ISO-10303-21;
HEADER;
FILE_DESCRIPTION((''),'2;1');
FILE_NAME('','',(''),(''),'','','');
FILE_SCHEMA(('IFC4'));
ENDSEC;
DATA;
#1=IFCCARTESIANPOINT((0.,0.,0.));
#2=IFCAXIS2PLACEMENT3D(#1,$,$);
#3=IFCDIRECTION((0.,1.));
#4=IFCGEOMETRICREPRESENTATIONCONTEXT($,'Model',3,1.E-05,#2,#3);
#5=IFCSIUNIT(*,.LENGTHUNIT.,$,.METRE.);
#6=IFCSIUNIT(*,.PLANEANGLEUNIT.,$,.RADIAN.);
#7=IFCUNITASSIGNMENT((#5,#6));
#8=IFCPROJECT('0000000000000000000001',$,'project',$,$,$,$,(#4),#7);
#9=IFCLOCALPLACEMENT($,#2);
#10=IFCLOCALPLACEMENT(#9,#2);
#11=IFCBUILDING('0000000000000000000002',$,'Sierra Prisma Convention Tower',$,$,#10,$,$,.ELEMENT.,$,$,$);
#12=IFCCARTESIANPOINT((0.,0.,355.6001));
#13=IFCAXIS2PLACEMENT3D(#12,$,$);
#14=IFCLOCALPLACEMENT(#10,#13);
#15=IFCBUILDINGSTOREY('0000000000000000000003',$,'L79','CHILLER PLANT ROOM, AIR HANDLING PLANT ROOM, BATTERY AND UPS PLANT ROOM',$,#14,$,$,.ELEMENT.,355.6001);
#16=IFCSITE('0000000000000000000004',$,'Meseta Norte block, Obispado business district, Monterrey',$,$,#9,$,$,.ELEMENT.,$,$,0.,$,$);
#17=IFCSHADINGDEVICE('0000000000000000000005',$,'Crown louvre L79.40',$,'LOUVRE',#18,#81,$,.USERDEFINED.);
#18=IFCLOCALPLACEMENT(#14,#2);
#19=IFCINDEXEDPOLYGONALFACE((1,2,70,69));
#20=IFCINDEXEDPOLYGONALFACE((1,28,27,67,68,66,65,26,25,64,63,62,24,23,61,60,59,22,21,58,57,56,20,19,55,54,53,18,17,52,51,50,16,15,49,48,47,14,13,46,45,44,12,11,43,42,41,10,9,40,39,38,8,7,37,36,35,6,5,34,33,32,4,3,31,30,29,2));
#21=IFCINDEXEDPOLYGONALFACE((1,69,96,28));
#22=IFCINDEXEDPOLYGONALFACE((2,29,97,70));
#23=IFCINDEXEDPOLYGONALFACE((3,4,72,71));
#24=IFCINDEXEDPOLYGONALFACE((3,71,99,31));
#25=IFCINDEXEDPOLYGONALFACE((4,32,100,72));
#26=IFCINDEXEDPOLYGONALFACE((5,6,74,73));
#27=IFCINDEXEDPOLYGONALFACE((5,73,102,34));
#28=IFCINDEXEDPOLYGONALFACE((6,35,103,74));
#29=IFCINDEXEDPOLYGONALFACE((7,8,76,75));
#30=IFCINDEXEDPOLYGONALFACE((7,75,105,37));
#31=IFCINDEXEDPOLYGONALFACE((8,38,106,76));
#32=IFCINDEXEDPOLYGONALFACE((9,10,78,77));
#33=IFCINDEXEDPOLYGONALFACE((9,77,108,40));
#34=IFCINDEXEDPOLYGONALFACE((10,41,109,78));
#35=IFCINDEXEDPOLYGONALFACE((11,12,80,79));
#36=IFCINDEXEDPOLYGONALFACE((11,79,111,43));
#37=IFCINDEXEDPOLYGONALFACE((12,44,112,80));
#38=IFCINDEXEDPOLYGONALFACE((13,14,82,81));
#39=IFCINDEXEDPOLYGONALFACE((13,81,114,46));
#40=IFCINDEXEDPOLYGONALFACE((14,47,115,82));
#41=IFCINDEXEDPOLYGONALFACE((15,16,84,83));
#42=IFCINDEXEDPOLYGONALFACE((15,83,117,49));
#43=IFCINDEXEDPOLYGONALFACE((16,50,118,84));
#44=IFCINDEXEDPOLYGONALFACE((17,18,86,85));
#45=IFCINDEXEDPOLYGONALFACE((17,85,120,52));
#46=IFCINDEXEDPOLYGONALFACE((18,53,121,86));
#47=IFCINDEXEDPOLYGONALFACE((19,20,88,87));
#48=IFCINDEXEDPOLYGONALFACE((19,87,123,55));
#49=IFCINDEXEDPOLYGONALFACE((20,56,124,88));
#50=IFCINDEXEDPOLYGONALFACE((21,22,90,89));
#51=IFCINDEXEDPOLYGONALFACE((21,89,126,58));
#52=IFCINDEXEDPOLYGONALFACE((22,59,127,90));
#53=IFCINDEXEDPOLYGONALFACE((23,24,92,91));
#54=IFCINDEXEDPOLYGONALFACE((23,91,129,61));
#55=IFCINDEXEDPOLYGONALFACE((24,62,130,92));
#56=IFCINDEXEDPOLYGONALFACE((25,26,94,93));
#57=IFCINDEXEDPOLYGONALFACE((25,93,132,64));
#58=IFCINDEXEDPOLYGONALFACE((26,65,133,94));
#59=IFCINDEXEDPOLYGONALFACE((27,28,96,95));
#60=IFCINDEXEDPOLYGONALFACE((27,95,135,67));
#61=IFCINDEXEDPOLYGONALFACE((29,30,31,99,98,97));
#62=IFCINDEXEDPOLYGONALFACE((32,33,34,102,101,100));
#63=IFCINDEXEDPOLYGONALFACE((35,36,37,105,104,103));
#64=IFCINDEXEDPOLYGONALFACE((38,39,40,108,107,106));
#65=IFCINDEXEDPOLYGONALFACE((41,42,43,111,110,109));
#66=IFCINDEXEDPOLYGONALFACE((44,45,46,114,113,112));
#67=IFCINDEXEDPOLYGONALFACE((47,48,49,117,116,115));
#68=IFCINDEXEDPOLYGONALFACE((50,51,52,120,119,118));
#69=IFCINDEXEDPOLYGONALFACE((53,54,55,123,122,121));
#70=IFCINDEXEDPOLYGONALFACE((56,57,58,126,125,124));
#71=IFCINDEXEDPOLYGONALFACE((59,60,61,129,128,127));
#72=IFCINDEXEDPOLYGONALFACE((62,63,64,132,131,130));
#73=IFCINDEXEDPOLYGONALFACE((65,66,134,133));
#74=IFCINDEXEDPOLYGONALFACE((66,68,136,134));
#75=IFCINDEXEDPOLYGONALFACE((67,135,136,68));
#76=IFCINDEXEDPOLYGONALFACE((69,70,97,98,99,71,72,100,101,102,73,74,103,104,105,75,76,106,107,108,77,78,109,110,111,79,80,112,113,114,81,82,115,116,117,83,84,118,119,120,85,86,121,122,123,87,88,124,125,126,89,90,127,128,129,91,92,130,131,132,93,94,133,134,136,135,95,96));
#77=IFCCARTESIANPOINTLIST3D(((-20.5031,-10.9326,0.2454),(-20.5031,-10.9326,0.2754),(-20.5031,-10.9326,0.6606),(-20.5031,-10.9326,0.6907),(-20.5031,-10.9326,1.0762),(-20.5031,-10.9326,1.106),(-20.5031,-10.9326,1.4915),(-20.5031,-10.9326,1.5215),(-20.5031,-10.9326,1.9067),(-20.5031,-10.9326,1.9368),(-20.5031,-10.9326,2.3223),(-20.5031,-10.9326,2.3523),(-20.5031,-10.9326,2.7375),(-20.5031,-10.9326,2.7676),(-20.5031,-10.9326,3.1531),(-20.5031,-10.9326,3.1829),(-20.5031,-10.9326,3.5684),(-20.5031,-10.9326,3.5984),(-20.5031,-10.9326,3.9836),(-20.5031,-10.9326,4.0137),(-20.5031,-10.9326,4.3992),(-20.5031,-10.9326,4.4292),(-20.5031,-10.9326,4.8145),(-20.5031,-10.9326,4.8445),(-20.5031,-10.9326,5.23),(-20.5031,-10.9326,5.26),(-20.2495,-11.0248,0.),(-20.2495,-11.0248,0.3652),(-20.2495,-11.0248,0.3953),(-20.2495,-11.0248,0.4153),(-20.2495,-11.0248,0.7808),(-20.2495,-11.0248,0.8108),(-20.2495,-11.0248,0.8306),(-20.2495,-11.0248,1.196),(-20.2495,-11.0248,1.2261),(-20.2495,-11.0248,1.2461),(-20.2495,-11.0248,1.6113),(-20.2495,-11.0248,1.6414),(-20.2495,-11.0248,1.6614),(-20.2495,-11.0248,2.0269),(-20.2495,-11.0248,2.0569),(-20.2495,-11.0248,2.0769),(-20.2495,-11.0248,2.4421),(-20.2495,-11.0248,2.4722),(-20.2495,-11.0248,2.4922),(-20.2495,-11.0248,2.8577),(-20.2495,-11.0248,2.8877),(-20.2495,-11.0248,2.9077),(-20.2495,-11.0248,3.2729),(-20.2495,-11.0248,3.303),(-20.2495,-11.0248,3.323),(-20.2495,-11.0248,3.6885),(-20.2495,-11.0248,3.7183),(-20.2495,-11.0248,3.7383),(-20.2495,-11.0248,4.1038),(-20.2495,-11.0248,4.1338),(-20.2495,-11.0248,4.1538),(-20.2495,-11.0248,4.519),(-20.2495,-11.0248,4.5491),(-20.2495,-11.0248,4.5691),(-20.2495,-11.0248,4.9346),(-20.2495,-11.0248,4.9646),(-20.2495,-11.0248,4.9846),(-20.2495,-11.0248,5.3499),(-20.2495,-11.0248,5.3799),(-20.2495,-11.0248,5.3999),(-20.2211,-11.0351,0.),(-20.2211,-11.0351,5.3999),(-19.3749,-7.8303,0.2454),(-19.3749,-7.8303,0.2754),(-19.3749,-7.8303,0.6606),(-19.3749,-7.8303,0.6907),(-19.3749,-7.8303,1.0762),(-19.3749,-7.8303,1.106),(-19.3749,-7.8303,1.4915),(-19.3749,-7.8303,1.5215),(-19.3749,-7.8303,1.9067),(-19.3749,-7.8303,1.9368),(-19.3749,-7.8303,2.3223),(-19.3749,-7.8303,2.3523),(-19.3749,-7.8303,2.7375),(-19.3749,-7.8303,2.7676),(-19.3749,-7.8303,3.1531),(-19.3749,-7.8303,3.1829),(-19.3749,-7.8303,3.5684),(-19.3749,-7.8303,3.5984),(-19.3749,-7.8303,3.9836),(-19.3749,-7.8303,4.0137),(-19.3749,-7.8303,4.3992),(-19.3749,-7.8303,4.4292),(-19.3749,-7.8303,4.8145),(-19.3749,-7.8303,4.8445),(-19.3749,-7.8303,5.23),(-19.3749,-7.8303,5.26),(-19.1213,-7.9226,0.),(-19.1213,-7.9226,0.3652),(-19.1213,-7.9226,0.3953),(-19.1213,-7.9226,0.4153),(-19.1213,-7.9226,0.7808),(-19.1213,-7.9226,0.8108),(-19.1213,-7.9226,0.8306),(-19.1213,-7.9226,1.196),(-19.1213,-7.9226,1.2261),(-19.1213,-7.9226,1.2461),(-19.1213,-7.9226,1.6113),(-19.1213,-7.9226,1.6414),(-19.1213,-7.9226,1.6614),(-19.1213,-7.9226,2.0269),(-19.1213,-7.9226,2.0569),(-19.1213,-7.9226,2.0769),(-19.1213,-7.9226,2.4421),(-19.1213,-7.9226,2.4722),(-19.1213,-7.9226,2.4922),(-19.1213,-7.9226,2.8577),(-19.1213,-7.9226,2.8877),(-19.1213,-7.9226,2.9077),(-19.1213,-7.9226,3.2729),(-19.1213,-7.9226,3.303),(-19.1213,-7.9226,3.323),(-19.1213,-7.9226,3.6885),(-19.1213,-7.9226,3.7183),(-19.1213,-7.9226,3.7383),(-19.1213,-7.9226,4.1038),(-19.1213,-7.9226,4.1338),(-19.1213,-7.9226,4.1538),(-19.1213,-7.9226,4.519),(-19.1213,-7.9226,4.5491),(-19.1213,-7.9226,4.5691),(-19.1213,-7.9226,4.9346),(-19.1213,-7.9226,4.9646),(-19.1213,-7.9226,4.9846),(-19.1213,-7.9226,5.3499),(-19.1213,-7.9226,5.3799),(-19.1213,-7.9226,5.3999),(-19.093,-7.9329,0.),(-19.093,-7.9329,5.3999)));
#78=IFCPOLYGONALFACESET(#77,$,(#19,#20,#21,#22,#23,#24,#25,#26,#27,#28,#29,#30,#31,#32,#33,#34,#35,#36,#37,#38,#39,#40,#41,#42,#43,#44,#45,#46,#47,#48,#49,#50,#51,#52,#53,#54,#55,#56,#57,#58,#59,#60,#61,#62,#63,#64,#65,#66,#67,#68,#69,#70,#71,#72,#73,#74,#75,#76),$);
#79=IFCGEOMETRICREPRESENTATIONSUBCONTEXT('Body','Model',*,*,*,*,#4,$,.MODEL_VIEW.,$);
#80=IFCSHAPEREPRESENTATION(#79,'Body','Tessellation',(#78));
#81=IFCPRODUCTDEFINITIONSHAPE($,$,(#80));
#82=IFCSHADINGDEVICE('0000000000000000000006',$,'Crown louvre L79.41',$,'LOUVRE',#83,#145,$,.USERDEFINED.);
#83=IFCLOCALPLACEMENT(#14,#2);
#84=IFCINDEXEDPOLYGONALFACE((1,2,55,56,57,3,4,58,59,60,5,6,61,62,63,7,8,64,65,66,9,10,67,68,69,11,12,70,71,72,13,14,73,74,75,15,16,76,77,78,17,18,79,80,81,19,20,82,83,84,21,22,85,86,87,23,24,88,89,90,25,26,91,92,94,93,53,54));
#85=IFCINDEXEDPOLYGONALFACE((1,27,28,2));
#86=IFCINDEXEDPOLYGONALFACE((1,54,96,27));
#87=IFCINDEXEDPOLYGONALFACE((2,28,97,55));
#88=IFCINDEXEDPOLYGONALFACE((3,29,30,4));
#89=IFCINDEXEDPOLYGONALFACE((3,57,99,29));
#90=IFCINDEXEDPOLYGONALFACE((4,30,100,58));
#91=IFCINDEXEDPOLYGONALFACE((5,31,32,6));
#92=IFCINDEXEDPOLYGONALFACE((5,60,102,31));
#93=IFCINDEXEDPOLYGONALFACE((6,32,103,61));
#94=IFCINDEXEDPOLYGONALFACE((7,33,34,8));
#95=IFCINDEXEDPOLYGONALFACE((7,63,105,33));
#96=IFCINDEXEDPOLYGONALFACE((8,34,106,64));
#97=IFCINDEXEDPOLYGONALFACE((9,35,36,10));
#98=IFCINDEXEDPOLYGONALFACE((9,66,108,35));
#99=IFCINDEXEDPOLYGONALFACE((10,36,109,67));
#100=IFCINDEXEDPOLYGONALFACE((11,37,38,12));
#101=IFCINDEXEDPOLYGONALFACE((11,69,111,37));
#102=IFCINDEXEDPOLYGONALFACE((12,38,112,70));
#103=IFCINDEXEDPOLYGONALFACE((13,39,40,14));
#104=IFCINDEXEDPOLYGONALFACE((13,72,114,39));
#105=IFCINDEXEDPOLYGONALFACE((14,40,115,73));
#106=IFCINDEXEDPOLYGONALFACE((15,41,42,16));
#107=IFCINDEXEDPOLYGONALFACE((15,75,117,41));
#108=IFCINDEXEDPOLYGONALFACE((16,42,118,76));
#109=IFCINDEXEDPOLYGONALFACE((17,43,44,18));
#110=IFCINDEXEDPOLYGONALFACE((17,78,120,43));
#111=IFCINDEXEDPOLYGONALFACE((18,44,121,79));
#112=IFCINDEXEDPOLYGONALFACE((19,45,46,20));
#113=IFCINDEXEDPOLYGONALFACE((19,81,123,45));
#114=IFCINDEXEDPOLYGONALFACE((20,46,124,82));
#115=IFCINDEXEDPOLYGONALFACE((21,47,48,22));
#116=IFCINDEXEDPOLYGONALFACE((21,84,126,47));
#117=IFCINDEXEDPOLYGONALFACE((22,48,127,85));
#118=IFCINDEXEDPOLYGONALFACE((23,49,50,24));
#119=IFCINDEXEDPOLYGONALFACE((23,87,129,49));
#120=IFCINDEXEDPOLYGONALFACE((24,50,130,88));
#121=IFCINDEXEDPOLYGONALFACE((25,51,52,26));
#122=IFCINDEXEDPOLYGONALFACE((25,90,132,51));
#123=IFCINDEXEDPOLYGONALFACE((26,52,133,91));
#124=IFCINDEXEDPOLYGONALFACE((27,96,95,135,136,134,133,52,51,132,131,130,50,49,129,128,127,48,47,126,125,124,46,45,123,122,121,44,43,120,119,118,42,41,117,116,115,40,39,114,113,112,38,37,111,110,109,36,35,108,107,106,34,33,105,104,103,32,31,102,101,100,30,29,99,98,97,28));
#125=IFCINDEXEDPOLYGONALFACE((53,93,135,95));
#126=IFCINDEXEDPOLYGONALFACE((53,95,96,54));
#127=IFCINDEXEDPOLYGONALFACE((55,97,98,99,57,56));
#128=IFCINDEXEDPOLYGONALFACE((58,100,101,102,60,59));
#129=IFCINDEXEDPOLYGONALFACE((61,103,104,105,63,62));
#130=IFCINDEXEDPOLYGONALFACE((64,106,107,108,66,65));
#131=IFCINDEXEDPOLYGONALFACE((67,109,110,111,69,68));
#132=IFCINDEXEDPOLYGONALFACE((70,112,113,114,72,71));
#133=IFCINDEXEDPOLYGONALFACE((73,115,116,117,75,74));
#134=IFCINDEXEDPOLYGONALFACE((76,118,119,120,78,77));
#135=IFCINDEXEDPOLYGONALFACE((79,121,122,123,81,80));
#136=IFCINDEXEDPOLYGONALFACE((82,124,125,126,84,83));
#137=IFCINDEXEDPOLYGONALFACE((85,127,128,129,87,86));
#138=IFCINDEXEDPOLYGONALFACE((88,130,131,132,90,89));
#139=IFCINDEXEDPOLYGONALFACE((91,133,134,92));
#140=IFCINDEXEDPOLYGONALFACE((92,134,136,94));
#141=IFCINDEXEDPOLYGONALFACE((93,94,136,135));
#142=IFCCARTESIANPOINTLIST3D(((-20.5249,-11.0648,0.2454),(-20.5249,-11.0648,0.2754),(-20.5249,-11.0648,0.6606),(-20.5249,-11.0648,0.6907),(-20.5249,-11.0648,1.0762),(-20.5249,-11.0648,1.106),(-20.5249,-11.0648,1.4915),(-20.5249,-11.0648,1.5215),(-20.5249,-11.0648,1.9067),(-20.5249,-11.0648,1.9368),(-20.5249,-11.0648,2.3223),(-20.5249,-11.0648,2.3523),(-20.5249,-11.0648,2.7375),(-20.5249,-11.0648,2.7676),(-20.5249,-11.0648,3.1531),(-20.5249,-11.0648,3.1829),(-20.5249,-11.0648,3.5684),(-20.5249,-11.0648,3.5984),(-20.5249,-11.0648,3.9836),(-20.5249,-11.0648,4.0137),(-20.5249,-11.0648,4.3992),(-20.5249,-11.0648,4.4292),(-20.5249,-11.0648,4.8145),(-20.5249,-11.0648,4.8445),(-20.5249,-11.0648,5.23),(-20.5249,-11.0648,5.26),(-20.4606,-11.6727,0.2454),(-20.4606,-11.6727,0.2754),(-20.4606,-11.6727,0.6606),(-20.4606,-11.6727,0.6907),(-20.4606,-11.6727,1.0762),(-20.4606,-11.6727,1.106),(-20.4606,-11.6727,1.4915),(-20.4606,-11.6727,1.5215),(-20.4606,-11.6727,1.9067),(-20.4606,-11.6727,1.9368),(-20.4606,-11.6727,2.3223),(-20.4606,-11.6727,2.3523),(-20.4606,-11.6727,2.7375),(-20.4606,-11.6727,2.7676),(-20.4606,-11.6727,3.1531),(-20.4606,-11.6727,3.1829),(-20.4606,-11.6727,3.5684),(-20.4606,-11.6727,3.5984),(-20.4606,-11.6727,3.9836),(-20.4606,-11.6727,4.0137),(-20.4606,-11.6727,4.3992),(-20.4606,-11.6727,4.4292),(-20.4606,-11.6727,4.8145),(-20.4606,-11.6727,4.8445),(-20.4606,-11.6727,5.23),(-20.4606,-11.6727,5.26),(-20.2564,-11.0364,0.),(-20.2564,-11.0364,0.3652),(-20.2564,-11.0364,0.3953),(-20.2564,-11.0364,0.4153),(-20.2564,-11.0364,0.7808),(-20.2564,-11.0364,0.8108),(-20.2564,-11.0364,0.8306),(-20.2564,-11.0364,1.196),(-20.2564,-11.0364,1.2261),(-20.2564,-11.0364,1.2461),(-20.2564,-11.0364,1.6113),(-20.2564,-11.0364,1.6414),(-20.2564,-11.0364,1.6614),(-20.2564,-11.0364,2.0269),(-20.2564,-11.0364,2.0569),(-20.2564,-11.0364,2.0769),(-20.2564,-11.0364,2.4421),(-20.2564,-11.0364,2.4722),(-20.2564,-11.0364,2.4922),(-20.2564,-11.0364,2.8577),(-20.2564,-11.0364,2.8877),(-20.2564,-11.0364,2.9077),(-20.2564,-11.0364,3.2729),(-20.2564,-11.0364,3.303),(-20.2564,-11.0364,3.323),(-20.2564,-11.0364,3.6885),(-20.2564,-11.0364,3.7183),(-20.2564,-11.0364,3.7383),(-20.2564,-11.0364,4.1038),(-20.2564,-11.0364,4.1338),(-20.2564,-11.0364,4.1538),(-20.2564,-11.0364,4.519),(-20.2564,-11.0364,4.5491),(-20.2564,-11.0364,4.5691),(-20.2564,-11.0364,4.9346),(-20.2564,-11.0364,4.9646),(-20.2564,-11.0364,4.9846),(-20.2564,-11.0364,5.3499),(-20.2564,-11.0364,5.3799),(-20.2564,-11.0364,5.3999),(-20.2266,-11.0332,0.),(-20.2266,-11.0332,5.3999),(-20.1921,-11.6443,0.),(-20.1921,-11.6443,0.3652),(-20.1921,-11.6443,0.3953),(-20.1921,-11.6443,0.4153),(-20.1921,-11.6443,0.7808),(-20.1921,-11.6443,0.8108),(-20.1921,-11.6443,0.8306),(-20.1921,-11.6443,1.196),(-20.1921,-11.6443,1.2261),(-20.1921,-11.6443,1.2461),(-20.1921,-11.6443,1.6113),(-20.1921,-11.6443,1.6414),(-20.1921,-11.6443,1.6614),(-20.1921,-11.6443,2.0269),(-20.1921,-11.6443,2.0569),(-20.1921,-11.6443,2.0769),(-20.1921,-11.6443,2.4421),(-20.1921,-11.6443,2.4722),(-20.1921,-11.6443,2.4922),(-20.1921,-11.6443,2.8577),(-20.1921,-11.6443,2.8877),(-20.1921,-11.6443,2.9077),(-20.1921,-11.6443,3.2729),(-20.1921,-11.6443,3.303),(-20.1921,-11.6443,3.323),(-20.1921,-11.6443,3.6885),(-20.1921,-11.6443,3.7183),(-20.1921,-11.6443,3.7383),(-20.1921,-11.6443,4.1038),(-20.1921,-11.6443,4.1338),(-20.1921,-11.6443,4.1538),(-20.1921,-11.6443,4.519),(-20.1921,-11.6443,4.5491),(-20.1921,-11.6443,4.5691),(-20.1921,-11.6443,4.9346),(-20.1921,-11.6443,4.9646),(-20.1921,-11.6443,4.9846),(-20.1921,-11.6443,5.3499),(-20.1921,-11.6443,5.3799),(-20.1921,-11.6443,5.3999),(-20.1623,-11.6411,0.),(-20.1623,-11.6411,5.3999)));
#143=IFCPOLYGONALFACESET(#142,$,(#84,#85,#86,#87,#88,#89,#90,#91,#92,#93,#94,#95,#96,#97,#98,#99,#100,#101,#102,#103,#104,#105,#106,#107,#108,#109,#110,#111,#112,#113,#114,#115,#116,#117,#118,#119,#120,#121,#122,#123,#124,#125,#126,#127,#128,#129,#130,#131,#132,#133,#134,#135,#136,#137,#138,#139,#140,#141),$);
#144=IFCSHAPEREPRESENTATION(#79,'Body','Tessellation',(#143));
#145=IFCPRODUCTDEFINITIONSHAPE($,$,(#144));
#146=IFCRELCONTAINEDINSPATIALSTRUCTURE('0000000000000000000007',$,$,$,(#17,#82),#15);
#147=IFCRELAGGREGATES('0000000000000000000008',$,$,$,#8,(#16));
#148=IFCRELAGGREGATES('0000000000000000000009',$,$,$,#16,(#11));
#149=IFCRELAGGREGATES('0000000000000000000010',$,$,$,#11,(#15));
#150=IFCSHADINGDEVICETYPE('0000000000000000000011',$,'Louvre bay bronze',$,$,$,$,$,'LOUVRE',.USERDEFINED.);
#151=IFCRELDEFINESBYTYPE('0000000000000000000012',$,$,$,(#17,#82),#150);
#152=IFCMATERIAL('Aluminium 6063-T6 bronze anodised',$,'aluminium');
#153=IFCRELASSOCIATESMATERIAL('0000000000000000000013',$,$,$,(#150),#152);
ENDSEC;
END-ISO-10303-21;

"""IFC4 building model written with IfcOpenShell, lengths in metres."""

from ifc_helpers import new_model, si_unit, direction, frame, origin, place, context, subcontext, project, spatial, polyline, outline, extrude, material, type_object, element, save


model = new_model("IFC4")

# Units and contexts
model_context = context("Model", 3, precision=1e-05, world=origin(), true_north=direction((0.0, 1.0)))
body_context = subcontext(model_context, "Body", "Model", "MODEL_VIEW")
ifc_project = project(units=[si_unit("LENGTHUNIT", "METRE"), si_unit("PLANEANGLEUNIT", "RADIAN")], contexts=[model_context])

# Site, building, storey
site_placement = place(None, origin())
site = spatial("IfcSite", under=ifc_project, at=site_placement, Name="Meseta Norte block, Obispado business district, Monterrey", CompositionType="ELEMENT", RefElevation=0.0)
building_placement = place(site_placement, origin())
building = spatial("IfcBuilding", under=site, at=building_placement, Name="Sierra Prisma Convention Tower", CompositionType="ELEMENT")
storey_placement = place(building_placement, frame((0.0, 0.0, 355.6001)))
storey = spatial("IfcBuildingStorey", under=building, at=storey_placement, Name="L79", Description="CHILLER PLANT ROOM, AIR HANDLING PLANT ROOM, BATTERY AND UPS PLANT ROOM", CompositionType="ELEMENT", Elevation=355.6001)

# Shading devices
ifc_material_1 = material(Name="Aluminium 6063-T6 bronze anodised", Category="aluminium")
shading_device_type = type_object("IfcShadingDeviceType", Name="Louvre bay bronze", ElementType="LOUVRE", PredefinedType="USERDEFINED", material=ifc_material_1)
shading_device_1_placement = place(storey_placement, frame((-19.093, -7.9329, 0.0), z_axis=(0.341752, 0.93979, 0.0), x_axis=(0.0, 0.0, 1.0)))
element("IfcShadingDevice", 1, at=shading_device_1_placement, inside=storey, type_object=shading_device_type, Name="Crown louvre L79.40", ObjectType="LOUVRE", PredefinedType="USERDEFINED", context=body_context, shape_type="SweptSolid", body=[
    extrude(outline(polyline([(0.0, 0.0), (5.3999, 0.0), (5.3999, -0.0301), (5.3799, -0.0301), (5.26, -0.3), (5.23, -0.3), (5.3499, -0.0301), (4.9846, -0.0301), (4.9646, -0.0301), (4.8445, -0.3), (4.8145, -0.3), (4.9346, -0.0301), (4.5691, -0.0301), (4.5491, -0.0301), (4.4292, -0.3), (4.3992, -0.3), (4.519, -0.0301), (4.1538, -0.0301), (4.1338, -0.0301), (4.0137, -0.3), (3.9836, -0.3), (4.1038, -0.0301), (3.7383, -0.0301), (3.7183, -0.0301), (3.5984, -0.3), (3.5684, -0.3), (3.6885, -0.0301), (3.323, -0.0301), (3.303, -0.0301), (3.1829, -0.3), (3.1531, -0.3), (3.2729, -0.0301), (2.9077, -0.0301), (2.8877, -0.0301), (2.7676, -0.3), (2.7375, -0.3), (2.8577, -0.0301), (2.4922, -0.0301), (2.4722, -0.0301), (2.3523, -0.3), (2.3223, -0.3), (2.4421, -0.0301), (2.0769, -0.0301), (2.0569, -0.0301), (1.9368, -0.3), (1.9067, -0.3), (2.0269, -0.0301), (1.6614, -0.0301), (1.6414, -0.0301), (1.5215, -0.3), (1.4915, -0.3), (1.6113, -0.0301), (1.2461, -0.0301), (1.2261, -0.0301), (1.106, -0.3), (1.0762, -0.3), (1.196, -0.0301), (0.8306, -0.0301), (0.8108, -0.0301), (0.6907, -0.3), (0.6606, -0.3), (0.7808, -0.0301), (0.4153, -0.0301), (0.3953, -0.0301), (0.2754, -0.3), (0.2454, -0.3), (0.3652, -0.0301), (0.0, -0.0301), (0.0, 0.0)])), origin(), (0.0, 0.0, -1.0), 3.301),
])
shading_device_2_placement = place(storey_placement, frame((-20.2266, -11.0332, 0.0), z_axis=(-0.105177, 0.994453, 0.0), x_axis=(0.0, 0.0, 1.0)))
element("IfcShadingDevice", 2, at=shading_device_2_placement, inside=storey, type_object=shading_device_type, Name="Crown louvre L79.41", ObjectType="LOUVRE", PredefinedType="USERDEFINED", context=body_context, shape_type="SweptSolid", body=[
    extrude(outline(polyline([(0.0, 0.0), (5.3999, 0.0), (5.3999, -0.03), (5.3799, -0.03), (5.26, -0.3), (5.23, -0.3), (5.3499, -0.03), (4.9846, -0.03), (4.9646, -0.03), (4.8445, -0.3), (4.8145, -0.3), (4.9346, -0.03), (4.5691, -0.03), (4.5491, -0.03), (4.4292, -0.3), (4.3992, -0.3), (4.519, -0.03), (4.1538, -0.03), (4.1338, -0.03), (4.0137, -0.3), (3.9836, -0.3), (4.1038, -0.03), (3.7383, -0.03), (3.7183, -0.03), (3.5984, -0.3), (3.5684, -0.3), (3.6885, -0.03), (3.323, -0.03), (3.303, -0.03), (3.1829, -0.3), (3.1531, -0.3), (3.2729, -0.03), (2.9077, -0.03), (2.8877, -0.03), (2.7676, -0.3), (2.7375, -0.3), (2.8577, -0.03), (2.4922, -0.03), (2.4722, -0.03), (2.3523, -0.3), (2.3223, -0.3), (2.4421, -0.03), (2.0769, -0.03), (2.0569, -0.03), (1.9368, -0.3), (1.9067, -0.3), (2.0269, -0.03), (1.6614, -0.03), (1.6414, -0.03), (1.5215, -0.3), (1.4915, -0.3), (1.6113, -0.03), (1.2461, -0.03), (1.2261, -0.03), (1.106, -0.3), (1.0762, -0.3), (1.196, -0.03), (0.8306, -0.03), (0.8108, -0.03), (0.6907, -0.3), (0.6606, -0.3), (0.7808, -0.03), (0.4153, -0.03), (0.3953, -0.03), (0.2754, -0.3), (0.2454, -0.3), (0.3652, -0.03), (0.0, -0.03), (0.0, 0.0)])), origin(), (0.0, 0.0, -1.0), 0.6113),
])

save(model, "model.ifc")
